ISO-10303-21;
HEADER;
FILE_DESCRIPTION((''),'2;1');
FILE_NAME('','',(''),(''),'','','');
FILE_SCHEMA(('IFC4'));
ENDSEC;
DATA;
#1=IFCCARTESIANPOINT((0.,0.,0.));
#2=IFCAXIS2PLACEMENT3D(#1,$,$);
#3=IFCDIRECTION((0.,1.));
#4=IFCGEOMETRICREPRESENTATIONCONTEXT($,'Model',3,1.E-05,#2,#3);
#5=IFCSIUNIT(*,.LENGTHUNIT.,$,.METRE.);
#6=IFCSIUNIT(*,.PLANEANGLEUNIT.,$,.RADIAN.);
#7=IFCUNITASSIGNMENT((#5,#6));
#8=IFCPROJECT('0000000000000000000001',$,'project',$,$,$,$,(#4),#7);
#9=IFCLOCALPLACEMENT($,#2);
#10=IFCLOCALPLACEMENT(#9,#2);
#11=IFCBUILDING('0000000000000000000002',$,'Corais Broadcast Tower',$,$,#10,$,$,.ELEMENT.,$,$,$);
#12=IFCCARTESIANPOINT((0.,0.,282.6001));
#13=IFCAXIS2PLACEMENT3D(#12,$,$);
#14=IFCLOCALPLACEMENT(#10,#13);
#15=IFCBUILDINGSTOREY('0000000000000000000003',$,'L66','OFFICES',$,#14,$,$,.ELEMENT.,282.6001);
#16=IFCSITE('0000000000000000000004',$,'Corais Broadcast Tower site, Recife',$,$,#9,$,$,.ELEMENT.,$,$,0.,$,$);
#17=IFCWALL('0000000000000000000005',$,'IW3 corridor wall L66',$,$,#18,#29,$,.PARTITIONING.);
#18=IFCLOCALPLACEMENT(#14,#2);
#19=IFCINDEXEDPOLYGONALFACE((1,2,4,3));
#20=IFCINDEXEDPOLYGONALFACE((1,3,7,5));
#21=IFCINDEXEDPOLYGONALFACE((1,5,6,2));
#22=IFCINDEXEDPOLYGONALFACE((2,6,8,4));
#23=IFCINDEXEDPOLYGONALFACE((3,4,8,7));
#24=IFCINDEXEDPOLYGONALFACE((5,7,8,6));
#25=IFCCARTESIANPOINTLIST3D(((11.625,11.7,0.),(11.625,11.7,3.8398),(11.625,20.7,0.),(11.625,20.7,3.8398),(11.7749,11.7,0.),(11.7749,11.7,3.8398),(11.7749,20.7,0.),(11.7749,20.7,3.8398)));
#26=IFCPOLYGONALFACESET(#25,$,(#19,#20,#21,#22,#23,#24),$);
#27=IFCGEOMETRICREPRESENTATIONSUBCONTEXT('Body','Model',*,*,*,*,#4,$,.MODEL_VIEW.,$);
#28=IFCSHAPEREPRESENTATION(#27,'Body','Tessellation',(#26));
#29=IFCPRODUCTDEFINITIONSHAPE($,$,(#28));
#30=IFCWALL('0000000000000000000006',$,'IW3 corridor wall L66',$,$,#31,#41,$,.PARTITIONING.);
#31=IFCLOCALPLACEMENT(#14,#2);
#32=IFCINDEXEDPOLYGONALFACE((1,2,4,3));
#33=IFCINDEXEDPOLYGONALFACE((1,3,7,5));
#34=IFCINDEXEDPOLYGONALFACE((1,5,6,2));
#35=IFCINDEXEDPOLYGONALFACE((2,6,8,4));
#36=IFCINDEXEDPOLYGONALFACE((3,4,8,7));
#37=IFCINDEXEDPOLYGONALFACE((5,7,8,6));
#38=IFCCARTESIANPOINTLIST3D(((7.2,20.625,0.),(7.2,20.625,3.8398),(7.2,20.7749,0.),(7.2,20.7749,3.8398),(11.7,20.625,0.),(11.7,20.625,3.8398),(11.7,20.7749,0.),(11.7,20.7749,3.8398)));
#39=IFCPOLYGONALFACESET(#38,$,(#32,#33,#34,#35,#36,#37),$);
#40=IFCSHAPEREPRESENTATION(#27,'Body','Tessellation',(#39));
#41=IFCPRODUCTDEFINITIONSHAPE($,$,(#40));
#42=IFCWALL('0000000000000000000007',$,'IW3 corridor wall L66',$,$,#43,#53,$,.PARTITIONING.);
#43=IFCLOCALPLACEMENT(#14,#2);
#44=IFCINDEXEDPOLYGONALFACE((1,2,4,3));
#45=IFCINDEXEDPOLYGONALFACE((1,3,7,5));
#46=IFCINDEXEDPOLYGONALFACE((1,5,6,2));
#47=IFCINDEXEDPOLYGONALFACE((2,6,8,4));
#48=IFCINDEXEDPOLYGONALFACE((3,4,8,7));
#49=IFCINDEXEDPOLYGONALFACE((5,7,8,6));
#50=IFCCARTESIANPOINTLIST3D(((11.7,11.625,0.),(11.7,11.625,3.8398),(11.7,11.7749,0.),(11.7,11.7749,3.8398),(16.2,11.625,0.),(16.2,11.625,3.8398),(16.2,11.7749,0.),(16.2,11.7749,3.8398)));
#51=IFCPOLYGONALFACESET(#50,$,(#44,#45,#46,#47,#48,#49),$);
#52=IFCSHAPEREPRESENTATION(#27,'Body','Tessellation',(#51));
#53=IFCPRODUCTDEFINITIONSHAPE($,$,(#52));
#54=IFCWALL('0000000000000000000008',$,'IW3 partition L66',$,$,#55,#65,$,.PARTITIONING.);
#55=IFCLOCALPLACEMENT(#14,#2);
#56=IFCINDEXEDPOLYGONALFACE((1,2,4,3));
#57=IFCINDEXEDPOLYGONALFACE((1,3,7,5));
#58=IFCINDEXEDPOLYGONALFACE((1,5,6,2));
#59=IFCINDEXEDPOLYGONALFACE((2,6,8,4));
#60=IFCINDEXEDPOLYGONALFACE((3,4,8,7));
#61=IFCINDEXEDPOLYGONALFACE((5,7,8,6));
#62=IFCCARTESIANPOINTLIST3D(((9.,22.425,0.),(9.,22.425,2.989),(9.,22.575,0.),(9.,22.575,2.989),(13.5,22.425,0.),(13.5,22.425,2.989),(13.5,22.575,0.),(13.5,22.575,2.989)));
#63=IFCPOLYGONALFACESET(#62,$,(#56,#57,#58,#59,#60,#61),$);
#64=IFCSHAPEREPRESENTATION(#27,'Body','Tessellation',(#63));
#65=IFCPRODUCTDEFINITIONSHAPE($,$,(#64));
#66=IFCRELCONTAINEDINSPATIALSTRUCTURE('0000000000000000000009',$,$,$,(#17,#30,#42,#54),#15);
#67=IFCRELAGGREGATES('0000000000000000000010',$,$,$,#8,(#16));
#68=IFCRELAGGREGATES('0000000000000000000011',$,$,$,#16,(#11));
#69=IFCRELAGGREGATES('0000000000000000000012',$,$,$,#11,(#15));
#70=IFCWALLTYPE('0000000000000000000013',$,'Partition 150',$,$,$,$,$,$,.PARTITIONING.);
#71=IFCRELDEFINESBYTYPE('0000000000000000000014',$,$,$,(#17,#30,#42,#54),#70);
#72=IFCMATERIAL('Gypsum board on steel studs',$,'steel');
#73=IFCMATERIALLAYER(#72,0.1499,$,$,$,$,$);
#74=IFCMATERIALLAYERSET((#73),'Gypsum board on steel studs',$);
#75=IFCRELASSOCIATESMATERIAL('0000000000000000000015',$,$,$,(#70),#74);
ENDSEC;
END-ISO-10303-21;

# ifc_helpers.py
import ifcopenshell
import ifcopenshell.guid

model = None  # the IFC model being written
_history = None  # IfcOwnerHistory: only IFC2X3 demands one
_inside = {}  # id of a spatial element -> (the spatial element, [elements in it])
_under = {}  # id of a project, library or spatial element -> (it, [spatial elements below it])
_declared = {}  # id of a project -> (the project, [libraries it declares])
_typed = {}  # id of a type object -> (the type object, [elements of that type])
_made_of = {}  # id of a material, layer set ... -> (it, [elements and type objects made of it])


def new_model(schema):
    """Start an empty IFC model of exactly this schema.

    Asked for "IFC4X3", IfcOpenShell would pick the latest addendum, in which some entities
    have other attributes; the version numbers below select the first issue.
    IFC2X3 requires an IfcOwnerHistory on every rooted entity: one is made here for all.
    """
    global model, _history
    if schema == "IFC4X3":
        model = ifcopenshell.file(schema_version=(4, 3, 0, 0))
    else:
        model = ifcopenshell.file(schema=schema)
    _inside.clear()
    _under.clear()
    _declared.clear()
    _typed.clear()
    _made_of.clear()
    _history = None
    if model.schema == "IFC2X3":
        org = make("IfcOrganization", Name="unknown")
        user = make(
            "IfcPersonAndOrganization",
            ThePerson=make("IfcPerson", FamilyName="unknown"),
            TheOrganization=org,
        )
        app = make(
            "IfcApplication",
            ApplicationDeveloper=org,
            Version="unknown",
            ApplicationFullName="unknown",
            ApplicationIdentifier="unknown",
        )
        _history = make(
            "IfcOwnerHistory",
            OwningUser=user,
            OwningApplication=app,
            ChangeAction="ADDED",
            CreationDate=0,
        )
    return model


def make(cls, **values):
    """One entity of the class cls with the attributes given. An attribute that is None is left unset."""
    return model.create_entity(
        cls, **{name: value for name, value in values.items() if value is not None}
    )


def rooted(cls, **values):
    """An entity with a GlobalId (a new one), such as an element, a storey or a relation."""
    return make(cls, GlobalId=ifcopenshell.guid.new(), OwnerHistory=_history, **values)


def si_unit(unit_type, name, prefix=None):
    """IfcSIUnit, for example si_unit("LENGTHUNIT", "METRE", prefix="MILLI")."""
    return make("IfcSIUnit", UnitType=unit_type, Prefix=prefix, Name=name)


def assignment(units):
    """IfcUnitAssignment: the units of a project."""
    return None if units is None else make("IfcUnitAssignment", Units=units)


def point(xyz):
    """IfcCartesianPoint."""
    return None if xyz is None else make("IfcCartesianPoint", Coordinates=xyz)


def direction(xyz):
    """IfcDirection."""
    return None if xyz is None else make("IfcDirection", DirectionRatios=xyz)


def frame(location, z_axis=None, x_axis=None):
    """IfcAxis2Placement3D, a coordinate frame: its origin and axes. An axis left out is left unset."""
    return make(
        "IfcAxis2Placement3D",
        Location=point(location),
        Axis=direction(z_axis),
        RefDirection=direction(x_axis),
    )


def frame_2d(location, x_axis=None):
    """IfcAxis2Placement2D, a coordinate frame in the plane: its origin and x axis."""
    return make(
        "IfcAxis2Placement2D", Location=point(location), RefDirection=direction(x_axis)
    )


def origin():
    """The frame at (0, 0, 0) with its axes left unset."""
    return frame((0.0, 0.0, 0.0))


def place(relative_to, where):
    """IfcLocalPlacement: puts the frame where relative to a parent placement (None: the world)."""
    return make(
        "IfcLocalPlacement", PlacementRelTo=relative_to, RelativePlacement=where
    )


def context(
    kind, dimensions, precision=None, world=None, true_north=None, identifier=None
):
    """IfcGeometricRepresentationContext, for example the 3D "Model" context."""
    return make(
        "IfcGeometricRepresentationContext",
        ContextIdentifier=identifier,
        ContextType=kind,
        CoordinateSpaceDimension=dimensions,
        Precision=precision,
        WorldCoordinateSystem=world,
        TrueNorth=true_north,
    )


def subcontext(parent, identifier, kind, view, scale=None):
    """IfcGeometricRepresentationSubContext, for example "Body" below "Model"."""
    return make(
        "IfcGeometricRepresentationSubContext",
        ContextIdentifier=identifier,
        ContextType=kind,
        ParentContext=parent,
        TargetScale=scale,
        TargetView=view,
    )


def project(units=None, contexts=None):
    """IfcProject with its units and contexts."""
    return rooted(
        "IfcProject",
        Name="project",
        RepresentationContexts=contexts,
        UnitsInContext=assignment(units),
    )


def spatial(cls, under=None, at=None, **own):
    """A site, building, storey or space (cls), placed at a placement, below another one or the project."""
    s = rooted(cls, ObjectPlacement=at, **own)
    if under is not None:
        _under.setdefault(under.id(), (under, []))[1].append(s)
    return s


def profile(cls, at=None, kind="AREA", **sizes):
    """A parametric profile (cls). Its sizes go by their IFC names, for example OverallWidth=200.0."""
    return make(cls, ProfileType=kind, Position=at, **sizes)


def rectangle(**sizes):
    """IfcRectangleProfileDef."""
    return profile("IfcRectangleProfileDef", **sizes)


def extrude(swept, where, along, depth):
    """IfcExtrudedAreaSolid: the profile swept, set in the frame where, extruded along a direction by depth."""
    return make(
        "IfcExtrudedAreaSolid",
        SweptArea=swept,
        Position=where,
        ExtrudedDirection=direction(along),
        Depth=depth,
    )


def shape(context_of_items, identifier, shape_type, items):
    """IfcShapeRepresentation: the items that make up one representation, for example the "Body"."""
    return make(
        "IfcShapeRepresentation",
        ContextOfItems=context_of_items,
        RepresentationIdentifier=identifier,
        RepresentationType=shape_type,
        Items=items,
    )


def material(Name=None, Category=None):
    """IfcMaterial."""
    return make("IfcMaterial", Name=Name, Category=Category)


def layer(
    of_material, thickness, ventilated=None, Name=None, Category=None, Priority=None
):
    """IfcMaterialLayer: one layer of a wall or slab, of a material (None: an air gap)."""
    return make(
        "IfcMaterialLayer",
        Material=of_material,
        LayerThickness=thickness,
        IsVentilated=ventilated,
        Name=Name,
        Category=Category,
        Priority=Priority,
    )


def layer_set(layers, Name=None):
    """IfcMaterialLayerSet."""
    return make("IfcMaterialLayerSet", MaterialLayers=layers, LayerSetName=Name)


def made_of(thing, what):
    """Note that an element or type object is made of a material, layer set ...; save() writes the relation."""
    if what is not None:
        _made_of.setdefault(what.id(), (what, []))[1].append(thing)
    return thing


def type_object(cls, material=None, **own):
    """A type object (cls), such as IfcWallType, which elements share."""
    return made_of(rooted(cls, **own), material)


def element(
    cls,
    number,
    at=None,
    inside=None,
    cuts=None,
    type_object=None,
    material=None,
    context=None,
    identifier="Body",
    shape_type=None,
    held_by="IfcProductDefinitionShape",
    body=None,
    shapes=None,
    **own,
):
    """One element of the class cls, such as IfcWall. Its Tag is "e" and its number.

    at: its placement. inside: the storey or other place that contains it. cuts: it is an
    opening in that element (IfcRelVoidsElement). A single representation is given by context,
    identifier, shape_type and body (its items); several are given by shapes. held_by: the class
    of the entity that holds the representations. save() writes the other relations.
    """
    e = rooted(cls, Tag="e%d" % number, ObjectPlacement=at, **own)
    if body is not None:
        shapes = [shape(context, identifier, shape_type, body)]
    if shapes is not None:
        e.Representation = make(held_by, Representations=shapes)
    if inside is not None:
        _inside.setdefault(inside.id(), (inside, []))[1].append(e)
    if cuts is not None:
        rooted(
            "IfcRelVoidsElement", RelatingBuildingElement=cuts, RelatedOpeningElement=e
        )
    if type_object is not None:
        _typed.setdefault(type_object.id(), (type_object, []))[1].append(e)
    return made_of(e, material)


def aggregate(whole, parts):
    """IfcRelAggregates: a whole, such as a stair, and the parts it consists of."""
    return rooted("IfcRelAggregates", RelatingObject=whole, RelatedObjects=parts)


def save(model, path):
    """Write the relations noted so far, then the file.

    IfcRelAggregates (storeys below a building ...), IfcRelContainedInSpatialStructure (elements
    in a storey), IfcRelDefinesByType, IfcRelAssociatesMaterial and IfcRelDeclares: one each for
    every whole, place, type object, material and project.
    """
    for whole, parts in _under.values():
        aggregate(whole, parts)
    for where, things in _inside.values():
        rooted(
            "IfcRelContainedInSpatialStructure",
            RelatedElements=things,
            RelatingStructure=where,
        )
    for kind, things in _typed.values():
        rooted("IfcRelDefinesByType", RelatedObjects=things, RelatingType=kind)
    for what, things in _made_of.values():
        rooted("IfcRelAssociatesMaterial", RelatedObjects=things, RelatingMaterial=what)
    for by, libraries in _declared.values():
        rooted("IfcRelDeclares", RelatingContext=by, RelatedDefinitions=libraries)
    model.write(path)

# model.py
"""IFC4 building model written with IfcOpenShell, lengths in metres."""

from ifc_helpers import new_model, si_unit, direction, frame, frame_2d, origin, place, context, subcontext, project, spatial, rectangle, extrude, material, layer, layer_set, type_object, element, save


model = new_model("IFC4")

# Units and contexts
model_context = context("Model", 3, precision=1e-05, world=origin(), true_north=direction((0.0, 1.0)))
body_context = subcontext(model_context, "Body", "Model", "MODEL_VIEW")
ifc_project = project(units=[si_unit("LENGTHUNIT", "METRE"), si_unit("PLANEANGLEUNIT", "RADIAN")], contexts=[model_context])

# Site, building, storey
site_placement = place(None, origin())
site = spatial("IfcSite", under=ifc_project, at=site_placement, Name="Corais Broadcast Tower site, Recife", CompositionType="ELEMENT", RefElevation=0.0)
building_placement = place(site_placement, origin())
building = spatial("IfcBuilding", under=site, at=building_placement, Name="Corais Broadcast Tower", CompositionType="ELEMENT")
storey_placement = place(building_placement, frame((0.0, 0.0, 282.6001)))
storey = spatial("IfcBuildingStorey", under=building, at=storey_placement, Name="L66", Description="OFFICES", CompositionType="ELEMENT", Elevation=282.6001)

# Walls
ifc_material_1 = material(Name="Gypsum board on steel studs", Category="steel")
ifc_layer_1 = layer(ifc_material_1, 0.1499)
ifc_layer_set_1 = layer_set([ifc_layer_1], Name="Gypsum board on steel studs")
wall_type_1 = type_object("IfcWallType", Name="Partition 150", PredefinedType="PARTITIONING", material=ifc_layer_set_1)
wall_1_placement = place(storey_placement, frame((11.7, 20.7, 0.0), z_axis=(0.0, 0.0, 1.0), x_axis=(0.0, -1.0, 0.0)))
element("IfcWall", 1, at=wall_1_placement, inside=storey, type_object=wall_type_1, Name="IW3 corridor wall L66", PredefinedType="PARTITIONING", context=body_context, shape_type="SweptSolid", body=[
    extrude(rectangle(XDim=9.0, YDim=0.1499, at=frame_2d((4.5, 0.0))), origin(), (0.0, 0.0, 1.0), 3.8398),
])
for number, where, z_axis, x_axis, name in (
    (2, (7.2, 20.7, 0.0), (0.0, 0.0, 1.0), (1.0, 0.0, 0.0), "IW3 corridor wall L66"),
    (3, (11.7, 11.7, 0.0), (0.0, 0.0, 1.0), (1.0, 0.0, 0.0), "IW3 corridor wall L66"),
):
    element("IfcWall", number, at=place(storey_placement, frame(where, z_axis=z_axis, x_axis=x_axis)), inside=storey, type_object=wall_type_1, Name=name, PredefinedType="PARTITIONING", context=body_context, shape_type="SweptSolid", body=[
        extrude(rectangle(XDim=4.5, YDim=0.1499, at=frame_2d((2.25, 0.0))), origin(), (0.0, 0.0, 1.0), 3.8398),
    ])
wall_2_placement = place(storey_placement, frame((9.0, 22.5, 0.0), z_axis=(0.0, 0.0, 1.0), x_axis=(1.0, 0.0, 0.0)))
element("IfcWall", 4, at=wall_2_placement, inside=storey, type_object=wall_type_1, Name="IW3 partition L66", PredefinedType="PARTITIONING", context=body_context, shape_type="SweptSolid", body=[
    extrude(rectangle(XDim=4.5, YDim=0.1499, at=frame_2d((2.25, 0.0))), origin(), (0.0, 0.0, 1.0), 2.989),
])

save(model, "model.ifc")
